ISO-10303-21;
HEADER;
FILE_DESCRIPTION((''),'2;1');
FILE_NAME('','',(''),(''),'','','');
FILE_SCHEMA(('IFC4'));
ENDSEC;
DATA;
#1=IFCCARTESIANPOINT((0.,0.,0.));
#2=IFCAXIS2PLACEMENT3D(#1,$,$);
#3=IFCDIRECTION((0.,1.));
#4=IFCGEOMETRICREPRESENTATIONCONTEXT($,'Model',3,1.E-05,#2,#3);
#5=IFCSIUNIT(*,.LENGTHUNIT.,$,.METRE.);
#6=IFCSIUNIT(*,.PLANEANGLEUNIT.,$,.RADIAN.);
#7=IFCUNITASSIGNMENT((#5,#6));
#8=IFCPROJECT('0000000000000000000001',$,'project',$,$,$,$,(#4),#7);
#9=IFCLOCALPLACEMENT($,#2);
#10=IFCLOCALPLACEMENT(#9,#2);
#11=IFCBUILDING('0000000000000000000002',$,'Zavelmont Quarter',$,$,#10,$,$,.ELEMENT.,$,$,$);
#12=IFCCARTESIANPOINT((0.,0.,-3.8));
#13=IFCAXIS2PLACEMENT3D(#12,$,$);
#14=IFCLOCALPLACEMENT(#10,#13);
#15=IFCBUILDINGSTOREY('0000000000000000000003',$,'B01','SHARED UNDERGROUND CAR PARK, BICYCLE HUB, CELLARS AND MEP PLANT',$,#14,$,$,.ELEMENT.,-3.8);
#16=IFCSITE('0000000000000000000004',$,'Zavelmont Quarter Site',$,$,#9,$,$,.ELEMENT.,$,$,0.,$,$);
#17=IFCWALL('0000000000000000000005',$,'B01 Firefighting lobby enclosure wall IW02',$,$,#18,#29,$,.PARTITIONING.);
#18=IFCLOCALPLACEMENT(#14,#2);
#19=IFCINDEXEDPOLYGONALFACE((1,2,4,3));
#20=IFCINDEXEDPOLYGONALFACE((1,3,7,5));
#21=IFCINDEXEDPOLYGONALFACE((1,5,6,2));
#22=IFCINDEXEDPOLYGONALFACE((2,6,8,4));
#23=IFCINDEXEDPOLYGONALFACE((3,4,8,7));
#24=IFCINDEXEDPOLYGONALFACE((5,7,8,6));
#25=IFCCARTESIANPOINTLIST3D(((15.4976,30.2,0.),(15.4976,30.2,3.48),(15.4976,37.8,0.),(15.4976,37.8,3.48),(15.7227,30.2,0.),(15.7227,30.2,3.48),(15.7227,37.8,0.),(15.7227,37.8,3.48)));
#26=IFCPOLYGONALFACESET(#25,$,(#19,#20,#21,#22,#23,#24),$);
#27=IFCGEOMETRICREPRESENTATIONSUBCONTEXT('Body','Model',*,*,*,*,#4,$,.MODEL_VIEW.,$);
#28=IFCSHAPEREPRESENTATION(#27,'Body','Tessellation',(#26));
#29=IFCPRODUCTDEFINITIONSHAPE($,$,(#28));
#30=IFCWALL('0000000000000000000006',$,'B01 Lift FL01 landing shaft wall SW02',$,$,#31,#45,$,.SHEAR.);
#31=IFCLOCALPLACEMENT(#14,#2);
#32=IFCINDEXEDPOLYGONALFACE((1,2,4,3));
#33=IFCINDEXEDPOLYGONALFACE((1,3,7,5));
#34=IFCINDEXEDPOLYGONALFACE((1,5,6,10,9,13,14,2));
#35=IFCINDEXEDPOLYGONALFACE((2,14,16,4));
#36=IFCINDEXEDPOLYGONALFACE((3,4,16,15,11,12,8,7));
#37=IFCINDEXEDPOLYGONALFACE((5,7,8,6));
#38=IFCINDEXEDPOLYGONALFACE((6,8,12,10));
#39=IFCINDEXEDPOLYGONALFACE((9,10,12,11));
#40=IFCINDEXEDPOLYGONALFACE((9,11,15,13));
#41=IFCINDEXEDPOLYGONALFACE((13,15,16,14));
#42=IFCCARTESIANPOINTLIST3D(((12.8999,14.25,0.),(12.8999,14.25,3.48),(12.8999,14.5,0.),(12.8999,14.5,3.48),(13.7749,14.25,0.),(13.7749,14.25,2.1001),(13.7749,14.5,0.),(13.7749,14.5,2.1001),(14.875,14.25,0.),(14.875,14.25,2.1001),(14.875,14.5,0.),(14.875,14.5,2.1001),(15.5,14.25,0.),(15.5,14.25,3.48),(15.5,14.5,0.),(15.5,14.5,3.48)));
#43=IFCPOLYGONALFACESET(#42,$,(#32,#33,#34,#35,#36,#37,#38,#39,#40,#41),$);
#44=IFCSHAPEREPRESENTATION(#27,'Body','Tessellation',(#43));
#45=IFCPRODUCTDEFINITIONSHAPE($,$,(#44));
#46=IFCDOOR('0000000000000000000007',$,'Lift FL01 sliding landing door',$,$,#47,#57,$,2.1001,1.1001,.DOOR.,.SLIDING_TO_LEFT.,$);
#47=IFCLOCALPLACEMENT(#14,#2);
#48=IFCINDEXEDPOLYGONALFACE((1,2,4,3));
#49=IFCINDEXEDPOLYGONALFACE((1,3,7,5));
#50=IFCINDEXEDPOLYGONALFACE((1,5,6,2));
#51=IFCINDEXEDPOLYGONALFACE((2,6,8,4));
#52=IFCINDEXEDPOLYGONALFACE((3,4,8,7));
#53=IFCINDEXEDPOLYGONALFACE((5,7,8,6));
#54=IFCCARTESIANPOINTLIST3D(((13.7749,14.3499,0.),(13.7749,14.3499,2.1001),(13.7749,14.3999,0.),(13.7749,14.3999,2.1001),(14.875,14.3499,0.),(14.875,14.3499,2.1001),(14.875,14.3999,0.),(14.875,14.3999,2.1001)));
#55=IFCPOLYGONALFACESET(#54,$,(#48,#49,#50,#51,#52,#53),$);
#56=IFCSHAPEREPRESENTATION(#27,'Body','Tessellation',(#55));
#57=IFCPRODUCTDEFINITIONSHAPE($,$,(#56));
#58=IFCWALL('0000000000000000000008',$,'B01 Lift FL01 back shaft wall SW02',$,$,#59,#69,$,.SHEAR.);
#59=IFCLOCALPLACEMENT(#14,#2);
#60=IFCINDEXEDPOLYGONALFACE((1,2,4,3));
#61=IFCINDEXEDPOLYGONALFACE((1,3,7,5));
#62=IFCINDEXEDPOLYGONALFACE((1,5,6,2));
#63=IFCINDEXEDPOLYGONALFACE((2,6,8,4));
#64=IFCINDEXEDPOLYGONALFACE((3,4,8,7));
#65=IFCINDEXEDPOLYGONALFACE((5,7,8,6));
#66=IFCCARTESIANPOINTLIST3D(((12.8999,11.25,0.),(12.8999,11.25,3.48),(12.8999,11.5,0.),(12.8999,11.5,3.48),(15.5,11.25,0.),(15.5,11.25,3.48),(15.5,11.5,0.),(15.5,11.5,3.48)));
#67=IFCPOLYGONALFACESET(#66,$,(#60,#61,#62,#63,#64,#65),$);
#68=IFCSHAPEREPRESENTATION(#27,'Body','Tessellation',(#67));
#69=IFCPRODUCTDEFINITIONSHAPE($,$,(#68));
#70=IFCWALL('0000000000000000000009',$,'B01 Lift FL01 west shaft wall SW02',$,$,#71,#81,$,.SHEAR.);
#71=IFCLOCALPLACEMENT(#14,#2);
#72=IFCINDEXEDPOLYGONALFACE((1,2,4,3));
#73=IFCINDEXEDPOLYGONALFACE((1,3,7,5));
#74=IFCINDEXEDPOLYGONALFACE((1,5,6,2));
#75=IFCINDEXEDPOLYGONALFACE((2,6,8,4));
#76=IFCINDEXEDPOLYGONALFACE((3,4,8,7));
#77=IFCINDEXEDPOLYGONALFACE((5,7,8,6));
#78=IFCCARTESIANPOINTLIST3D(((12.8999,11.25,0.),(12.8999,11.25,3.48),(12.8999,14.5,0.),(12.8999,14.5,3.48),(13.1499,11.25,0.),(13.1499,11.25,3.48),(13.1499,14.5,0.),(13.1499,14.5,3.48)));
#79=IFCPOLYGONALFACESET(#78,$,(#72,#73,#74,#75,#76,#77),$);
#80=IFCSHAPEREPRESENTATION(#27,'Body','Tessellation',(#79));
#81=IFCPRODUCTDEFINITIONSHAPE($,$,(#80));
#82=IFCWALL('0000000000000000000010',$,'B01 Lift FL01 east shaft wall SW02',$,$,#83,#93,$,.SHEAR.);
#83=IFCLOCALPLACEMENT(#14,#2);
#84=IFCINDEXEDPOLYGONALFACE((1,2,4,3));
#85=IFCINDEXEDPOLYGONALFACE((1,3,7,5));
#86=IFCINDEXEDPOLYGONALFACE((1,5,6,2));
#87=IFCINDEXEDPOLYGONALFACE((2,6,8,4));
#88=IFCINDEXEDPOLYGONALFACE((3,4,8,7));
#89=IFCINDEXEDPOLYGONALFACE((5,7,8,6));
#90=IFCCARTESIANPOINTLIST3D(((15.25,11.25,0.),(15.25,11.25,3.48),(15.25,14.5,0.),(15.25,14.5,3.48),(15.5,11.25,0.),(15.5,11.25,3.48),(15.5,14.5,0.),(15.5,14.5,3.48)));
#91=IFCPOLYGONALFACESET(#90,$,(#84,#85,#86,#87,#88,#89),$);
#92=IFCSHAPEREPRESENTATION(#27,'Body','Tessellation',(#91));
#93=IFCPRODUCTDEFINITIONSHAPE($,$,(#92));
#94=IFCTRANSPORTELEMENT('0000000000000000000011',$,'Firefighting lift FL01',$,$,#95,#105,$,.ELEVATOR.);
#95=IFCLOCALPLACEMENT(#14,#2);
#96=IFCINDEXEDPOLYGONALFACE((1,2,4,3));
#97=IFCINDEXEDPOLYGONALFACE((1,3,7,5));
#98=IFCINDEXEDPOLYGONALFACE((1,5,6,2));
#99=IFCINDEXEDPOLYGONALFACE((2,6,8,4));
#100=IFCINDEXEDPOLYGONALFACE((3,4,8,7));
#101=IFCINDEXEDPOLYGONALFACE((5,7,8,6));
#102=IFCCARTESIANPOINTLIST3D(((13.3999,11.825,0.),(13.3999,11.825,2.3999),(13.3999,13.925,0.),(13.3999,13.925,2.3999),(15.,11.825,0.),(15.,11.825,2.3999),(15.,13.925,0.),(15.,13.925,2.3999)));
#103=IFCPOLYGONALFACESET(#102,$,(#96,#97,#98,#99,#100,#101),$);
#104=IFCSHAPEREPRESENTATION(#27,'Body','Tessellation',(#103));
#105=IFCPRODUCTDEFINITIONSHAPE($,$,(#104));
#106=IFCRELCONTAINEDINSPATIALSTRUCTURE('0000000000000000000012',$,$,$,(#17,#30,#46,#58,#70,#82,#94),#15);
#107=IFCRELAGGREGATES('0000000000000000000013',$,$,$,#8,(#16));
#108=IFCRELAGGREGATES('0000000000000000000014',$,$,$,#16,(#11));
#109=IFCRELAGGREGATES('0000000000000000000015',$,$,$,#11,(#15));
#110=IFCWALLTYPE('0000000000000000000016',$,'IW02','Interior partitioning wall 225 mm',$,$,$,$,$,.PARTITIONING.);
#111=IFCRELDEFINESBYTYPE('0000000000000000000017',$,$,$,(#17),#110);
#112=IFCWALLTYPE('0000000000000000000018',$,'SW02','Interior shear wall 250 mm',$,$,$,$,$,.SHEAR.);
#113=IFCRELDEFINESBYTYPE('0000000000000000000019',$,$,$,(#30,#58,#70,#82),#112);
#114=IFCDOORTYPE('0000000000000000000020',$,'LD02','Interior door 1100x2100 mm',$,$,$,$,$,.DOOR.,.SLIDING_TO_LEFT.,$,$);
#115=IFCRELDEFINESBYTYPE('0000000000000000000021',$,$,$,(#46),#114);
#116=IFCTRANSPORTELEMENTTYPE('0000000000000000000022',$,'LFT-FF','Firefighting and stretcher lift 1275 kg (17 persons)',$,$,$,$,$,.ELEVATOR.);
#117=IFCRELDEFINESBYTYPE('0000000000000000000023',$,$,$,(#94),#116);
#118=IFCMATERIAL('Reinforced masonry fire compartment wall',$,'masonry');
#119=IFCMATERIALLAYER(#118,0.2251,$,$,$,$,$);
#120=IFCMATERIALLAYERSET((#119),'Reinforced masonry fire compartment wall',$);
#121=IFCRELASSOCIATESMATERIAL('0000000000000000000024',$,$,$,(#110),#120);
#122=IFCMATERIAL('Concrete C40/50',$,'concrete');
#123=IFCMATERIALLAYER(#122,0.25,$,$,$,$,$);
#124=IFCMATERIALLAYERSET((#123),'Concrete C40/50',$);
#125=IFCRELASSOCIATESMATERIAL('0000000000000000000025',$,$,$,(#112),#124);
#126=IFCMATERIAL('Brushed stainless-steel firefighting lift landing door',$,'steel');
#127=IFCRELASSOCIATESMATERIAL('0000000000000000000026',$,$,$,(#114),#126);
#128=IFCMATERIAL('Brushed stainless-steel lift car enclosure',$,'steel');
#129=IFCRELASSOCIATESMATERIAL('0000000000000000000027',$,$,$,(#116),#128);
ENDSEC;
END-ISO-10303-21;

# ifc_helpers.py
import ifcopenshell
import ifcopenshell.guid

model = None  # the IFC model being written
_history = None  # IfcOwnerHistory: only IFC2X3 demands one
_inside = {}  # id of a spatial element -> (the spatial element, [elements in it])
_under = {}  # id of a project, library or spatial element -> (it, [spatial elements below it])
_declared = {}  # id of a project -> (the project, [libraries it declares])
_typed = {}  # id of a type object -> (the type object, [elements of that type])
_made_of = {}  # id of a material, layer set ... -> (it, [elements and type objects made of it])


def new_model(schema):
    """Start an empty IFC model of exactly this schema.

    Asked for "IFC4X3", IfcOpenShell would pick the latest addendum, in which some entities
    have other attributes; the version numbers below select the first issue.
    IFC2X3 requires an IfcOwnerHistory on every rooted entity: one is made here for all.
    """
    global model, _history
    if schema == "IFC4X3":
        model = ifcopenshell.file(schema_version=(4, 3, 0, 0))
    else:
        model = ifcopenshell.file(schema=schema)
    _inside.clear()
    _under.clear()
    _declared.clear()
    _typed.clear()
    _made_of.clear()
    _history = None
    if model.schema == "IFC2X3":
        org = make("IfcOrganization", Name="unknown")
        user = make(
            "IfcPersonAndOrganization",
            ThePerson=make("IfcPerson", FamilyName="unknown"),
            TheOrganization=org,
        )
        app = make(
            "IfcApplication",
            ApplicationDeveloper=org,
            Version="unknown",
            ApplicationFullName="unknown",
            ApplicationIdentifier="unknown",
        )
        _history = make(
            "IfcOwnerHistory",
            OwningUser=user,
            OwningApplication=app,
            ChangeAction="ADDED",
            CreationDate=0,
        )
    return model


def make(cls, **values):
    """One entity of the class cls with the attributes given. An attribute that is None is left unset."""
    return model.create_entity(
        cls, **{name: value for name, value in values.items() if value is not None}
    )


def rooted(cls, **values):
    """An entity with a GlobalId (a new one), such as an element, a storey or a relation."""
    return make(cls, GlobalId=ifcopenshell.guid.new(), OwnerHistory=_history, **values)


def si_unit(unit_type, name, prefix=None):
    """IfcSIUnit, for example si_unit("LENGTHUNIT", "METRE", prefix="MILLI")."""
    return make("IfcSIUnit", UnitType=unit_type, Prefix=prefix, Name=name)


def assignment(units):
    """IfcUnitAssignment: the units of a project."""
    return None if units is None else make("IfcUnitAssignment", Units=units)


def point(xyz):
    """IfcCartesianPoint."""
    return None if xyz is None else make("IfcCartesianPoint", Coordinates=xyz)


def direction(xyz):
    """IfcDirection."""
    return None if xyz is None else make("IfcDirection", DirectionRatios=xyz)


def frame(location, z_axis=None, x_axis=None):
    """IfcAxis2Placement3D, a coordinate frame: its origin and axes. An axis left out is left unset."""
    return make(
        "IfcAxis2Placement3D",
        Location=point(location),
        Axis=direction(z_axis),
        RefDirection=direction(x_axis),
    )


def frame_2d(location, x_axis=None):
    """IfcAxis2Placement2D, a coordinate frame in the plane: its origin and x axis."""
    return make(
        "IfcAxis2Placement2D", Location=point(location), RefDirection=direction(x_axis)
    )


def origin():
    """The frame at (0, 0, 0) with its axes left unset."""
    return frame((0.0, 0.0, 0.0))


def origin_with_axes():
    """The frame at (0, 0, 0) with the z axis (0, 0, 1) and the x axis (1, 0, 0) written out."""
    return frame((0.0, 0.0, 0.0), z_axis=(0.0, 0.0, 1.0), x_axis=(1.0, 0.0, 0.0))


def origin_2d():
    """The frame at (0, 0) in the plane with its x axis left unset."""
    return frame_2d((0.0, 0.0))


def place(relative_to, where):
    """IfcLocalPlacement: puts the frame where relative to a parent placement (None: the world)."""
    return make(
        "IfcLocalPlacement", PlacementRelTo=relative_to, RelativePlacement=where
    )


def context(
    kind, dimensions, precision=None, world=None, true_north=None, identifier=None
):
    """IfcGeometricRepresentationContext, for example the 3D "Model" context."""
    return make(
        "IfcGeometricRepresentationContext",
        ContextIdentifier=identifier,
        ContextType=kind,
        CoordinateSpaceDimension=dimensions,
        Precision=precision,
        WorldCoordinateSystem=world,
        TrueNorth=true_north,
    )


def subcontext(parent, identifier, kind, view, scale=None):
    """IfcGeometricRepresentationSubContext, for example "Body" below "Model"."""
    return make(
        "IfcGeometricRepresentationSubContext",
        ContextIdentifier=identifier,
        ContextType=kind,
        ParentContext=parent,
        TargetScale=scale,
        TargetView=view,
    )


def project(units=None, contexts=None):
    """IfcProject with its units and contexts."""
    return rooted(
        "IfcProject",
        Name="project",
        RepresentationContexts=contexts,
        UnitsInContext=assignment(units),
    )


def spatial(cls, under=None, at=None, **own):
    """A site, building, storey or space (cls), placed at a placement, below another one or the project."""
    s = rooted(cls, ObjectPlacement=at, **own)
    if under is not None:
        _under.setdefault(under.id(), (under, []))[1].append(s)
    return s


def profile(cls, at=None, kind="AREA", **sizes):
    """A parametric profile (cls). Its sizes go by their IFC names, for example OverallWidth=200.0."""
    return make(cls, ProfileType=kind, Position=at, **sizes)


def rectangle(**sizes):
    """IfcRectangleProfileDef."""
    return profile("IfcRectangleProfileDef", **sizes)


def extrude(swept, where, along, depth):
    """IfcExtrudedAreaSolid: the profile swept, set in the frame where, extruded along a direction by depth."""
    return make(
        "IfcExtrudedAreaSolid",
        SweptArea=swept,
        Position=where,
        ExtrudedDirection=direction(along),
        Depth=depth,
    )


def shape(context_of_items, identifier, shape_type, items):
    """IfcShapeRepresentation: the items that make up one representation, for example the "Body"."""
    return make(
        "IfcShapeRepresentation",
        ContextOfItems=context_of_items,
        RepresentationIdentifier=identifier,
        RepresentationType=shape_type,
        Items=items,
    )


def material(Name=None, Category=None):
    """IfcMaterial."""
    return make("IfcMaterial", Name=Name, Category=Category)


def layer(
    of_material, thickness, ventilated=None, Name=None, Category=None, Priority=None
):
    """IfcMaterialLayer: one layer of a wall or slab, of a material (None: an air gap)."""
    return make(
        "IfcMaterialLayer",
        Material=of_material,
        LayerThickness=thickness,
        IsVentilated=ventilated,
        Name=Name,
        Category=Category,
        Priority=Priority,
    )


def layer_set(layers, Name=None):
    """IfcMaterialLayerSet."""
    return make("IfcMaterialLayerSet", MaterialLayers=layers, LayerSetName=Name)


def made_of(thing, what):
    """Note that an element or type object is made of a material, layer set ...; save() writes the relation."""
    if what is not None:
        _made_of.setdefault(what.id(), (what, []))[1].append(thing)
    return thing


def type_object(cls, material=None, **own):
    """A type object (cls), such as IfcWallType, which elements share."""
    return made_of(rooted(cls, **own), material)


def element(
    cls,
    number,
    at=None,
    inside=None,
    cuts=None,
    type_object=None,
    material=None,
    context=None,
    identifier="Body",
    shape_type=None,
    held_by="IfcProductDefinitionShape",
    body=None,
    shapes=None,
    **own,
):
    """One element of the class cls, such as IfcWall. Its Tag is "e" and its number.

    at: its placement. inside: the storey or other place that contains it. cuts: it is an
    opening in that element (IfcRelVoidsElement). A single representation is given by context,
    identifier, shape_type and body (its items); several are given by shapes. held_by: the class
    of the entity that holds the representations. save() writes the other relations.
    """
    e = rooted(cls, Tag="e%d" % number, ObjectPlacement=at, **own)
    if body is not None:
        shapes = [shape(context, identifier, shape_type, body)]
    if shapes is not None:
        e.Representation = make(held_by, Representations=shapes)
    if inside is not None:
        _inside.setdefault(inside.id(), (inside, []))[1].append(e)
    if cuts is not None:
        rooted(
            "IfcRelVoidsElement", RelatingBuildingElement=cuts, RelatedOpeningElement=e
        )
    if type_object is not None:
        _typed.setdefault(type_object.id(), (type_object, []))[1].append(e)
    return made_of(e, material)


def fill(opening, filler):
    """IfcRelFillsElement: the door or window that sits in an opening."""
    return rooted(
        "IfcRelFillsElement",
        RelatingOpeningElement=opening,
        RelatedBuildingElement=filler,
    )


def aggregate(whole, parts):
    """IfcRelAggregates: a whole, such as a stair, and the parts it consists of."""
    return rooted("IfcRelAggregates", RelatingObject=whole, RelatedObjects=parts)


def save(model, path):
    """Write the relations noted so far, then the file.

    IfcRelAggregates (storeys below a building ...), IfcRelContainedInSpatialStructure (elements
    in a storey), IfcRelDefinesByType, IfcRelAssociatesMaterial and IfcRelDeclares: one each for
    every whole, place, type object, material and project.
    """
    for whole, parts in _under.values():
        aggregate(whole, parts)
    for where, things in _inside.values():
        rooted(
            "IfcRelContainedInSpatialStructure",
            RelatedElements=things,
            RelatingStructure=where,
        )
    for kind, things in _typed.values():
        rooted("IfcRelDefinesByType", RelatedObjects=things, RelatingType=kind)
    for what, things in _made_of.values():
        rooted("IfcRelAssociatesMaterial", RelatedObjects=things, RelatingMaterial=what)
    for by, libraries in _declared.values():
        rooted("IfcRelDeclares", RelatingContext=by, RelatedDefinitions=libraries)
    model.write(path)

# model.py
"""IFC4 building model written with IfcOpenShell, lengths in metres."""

from ifc_helpers import new_model, si_unit, direction, frame, frame_2d, origin, origin_with_axes, origin_2d, place, context, subcontext, project, spatial, rectangle, extrude, material, layer, layer_set, type_object, element, fill, save


model = new_model("IFC4")

# Units and contexts
model_context = context("Model", 3, precision=1e-05, world=origin(), true_north=direction((0.0, 1.0)))
body_context = subcontext(model_context, "Body", "Model", "MODEL_VIEW")
ifc_project = project(units=[si_unit("LENGTHUNIT", "METRE"), si_unit("PLANEANGLEUNIT", "RADIAN")], contexts=[model_context])

# Site, building, storey
site_placement = place(None, origin())
site = spatial("IfcSite", under=ifc_project, at=site_placement, Name="Zavelmont Quarter Site", CompositionType="ELEMENT", RefElevation=0.0)
building_placement = place(site_placement, origin())
building = spatial("IfcBuilding", under=site, at=building_placement, Name="Zavelmont Quarter", CompositionType="ELEMENT")
storey_placement = place(building_placement, frame((0.0, 0.0, -3.8)))
storey = spatial("IfcBuildingStorey", under=building, at=storey_placement, Name="B01", Description="SHARED UNDERGROUND CAR PARK, BICYCLE HUB, CELLARS AND MEP PLANT", CompositionType="ELEMENT", Elevation=-3.8)

# Shared definitions
ifc_material_1 = material(Name="Concrete C40/50", Category="concrete")

# Shared definitions
ifc_material_2 = material(Name="Reinforced masonry fire compartment wall", Category="masonry")
ifc_layer_1 = layer(ifc_material_2, 0.2251)
ifc_layer_set_1 = layer_set([ifc_layer_1], Name="Reinforced masonry fire compartment wall")
wall_type_1 = type_object("IfcWallType", Name="IW02", Description="Interior partitioning wall 225 mm", PredefinedType="PARTITIONING", material=ifc_layer_set_1)

# Wall
wall_1_placement = place(storey_placement, frame((15.6101, 30.2, 0.0), z_axis=(0.0, 0.0, 1.0), x_axis=(0.0, 1.0, 0.0)))
element("IfcWall", 1, at=wall_1_placement, inside=storey, type_object=wall_type_1, Name="B01 Firefighting lobby enclosure wall IW02", PredefinedType="PARTITIONING", context=body_context, shape_type="SweptSolid", body=[
    extrude(rectangle(XDim=7.6001, YDim=0.2251, at=frame_2d((3.8, 0.0))), origin(), (0.0, 0.0, 1.0), 3.48),
])

# Wall, opening, door
ifc_layer_2 = layer(ifc_material_1, 0.25)
ifc_layer_set_2 = layer_set([ifc_layer_2], Name="Concrete C40/50")
wall_type_2 = type_object("IfcWallType", Name="SW02", Description="Interior shear wall 250 mm", PredefinedType="SHEAR", material=ifc_layer_set_2)
wall_2_placement = place(storey_placement, frame((12.8999, 14.375, 0.0), z_axis=(0.0, 0.0, 1.0), x_axis=(1.0, 0.0, 0.0)))
wall_2 = element("IfcWall", 2, at=wall_2_placement, inside=storey, type_object=wall_type_2, Name="B01 Lift FL01 landing shaft wall SW02", PredefinedType="SHEAR", context=body_context, shape_type="SweptSolid", body=[
    extrude(rectangle(XDim=2.6001, YDim=0.25, at=frame_2d((1.3, 0.0))), origin(), (0.0, 0.0, 1.0), 3.48),
])
opening_1_placement = place(wall_2_placement, frame((0.875, 0.0, 0.0)))
opening_1 = element("IfcOpeningElement", 3, at=opening_1_placement, cuts=wall_2, PredefinedType="OPENING", context=body_context, shape_type="SweptSolid", body=[
    extrude(rectangle(XDim=1.1001, YDim=2.1001, at=frame_2d((0.55, 1.05))), frame((0.0, 0.137, 0.0), z_axis=(0.0, -1.0, 0.0), x_axis=(1.0, 0.0, 0.0)), (0.0, 0.0, 1.0), 0.2739),
])
ifc_material_3 = material(Name="Brushed stainless-steel firefighting lift landing door", Category="steel")
door_type_1 = type_object("IfcDoorType", Name="LD02", Description="Interior door 1100x2100 mm", OperationType="SLIDING_TO_LEFT", PredefinedType="DOOR", material=ifc_material_3)
door_1_placement = place(opening_1_placement, origin_with_axes())
door_1 = element("IfcDoor", 4, at=door_1_placement, inside=storey, type_object=door_type_1, Name="Lift FL01 sliding landing door", OperationType="SLIDING_TO_LEFT", OverallHeight=2.1001, OverallWidth=1.1001, PredefinedType="DOOR", context=body_context, shape_type="SweptSolid", body=[
    extrude(rectangle(XDim=1.1001, YDim=2.1001, at=frame_2d((0.55, 1.05))), frame((0.0, 0.0249, 0.0), z_axis=(0.0, -1.0, 0.0), x_axis=(1.0, 0.0, 0.0)), (0.0, 0.0, 1.0), 0.05),
])
fill(opening_1, door_1)

# Walls
wall_3_placement = place(storey_placement, frame((12.8999, 11.375, 0.0), z_axis=(0.0, 0.0, 1.0), x_axis=(1.0, 0.0, 0.0)))
element("IfcWall", 5, at=wall_3_placement, inside=storey, type_object=wall_type_2, Name="B01 Lift FL01 back shaft wall SW02", PredefinedType="SHEAR", context=body_context, shape_type="SweptSolid", body=[
    extrude(rectangle(XDim=2.6001, YDim=0.25, at=frame_2d((1.3, 0.0))), origin(), (0.0, 0.0, 1.0), 3.48),
])
for number, where, z_axis, x_axis, name in (
    (6, (13.0249, 11.25, 0.0), (0.0, 0.0, 1.0), (0.0, 1.0, 0.0), "B01 Lift FL01 west shaft wall SW02"),
    (7, (15.375, 11.25, 0.0), (0.0, 0.0, 1.0), (0.0, 1.0, 0.0), "B01 Lift FL01 east shaft wall SW02"),
):
    element("IfcWall", number, at=place(storey_placement, frame(where, z_axis=z_axis, x_axis=x_axis)), inside=storey, type_object=wall_type_2, Name=name, PredefinedType="SHEAR", context=body_context, shape_type="SweptSolid", body=[
        extrude(rectangle(XDim=3.25, YDim=0.25, at=frame_2d((1.625, 0.0))), origin(), (0.0, 0.0, 1.0), 3.48),
    ])

# Transport element
ifc_material_4 = material(Name="Brushed stainless-steel lift car enclosure", Category="steel")
transport_element_type = type_object("IfcTransportElementType", Name="LFT-FF", Description="Firefighting and stretcher lift 1275 kg (17 persons)", PredefinedType="ELEVATOR", material=ifc_material_4)
transport_element_placement = place(storey_placement, frame((14.2, 12.875, 0.0), z_axis=(0.0, 0.0, 1.0), x_axis=(1.0, 0.0, 0.0)))
element("IfcTransportElement", 8, at=transport_element_placement, inside=storey, type_object=transport_element_type, Name="Firefighting lift FL01", PredefinedType="ELEVATOR", context=body_context, shape_type="SweptSolid", body=[
    extrude(rectangle(XDim=1.6001, YDim=2.1001, at=origin_2d()), origin(), (0.0, 0.0, 1.0), 2.3999),
])

save(model, "model.ifc")
